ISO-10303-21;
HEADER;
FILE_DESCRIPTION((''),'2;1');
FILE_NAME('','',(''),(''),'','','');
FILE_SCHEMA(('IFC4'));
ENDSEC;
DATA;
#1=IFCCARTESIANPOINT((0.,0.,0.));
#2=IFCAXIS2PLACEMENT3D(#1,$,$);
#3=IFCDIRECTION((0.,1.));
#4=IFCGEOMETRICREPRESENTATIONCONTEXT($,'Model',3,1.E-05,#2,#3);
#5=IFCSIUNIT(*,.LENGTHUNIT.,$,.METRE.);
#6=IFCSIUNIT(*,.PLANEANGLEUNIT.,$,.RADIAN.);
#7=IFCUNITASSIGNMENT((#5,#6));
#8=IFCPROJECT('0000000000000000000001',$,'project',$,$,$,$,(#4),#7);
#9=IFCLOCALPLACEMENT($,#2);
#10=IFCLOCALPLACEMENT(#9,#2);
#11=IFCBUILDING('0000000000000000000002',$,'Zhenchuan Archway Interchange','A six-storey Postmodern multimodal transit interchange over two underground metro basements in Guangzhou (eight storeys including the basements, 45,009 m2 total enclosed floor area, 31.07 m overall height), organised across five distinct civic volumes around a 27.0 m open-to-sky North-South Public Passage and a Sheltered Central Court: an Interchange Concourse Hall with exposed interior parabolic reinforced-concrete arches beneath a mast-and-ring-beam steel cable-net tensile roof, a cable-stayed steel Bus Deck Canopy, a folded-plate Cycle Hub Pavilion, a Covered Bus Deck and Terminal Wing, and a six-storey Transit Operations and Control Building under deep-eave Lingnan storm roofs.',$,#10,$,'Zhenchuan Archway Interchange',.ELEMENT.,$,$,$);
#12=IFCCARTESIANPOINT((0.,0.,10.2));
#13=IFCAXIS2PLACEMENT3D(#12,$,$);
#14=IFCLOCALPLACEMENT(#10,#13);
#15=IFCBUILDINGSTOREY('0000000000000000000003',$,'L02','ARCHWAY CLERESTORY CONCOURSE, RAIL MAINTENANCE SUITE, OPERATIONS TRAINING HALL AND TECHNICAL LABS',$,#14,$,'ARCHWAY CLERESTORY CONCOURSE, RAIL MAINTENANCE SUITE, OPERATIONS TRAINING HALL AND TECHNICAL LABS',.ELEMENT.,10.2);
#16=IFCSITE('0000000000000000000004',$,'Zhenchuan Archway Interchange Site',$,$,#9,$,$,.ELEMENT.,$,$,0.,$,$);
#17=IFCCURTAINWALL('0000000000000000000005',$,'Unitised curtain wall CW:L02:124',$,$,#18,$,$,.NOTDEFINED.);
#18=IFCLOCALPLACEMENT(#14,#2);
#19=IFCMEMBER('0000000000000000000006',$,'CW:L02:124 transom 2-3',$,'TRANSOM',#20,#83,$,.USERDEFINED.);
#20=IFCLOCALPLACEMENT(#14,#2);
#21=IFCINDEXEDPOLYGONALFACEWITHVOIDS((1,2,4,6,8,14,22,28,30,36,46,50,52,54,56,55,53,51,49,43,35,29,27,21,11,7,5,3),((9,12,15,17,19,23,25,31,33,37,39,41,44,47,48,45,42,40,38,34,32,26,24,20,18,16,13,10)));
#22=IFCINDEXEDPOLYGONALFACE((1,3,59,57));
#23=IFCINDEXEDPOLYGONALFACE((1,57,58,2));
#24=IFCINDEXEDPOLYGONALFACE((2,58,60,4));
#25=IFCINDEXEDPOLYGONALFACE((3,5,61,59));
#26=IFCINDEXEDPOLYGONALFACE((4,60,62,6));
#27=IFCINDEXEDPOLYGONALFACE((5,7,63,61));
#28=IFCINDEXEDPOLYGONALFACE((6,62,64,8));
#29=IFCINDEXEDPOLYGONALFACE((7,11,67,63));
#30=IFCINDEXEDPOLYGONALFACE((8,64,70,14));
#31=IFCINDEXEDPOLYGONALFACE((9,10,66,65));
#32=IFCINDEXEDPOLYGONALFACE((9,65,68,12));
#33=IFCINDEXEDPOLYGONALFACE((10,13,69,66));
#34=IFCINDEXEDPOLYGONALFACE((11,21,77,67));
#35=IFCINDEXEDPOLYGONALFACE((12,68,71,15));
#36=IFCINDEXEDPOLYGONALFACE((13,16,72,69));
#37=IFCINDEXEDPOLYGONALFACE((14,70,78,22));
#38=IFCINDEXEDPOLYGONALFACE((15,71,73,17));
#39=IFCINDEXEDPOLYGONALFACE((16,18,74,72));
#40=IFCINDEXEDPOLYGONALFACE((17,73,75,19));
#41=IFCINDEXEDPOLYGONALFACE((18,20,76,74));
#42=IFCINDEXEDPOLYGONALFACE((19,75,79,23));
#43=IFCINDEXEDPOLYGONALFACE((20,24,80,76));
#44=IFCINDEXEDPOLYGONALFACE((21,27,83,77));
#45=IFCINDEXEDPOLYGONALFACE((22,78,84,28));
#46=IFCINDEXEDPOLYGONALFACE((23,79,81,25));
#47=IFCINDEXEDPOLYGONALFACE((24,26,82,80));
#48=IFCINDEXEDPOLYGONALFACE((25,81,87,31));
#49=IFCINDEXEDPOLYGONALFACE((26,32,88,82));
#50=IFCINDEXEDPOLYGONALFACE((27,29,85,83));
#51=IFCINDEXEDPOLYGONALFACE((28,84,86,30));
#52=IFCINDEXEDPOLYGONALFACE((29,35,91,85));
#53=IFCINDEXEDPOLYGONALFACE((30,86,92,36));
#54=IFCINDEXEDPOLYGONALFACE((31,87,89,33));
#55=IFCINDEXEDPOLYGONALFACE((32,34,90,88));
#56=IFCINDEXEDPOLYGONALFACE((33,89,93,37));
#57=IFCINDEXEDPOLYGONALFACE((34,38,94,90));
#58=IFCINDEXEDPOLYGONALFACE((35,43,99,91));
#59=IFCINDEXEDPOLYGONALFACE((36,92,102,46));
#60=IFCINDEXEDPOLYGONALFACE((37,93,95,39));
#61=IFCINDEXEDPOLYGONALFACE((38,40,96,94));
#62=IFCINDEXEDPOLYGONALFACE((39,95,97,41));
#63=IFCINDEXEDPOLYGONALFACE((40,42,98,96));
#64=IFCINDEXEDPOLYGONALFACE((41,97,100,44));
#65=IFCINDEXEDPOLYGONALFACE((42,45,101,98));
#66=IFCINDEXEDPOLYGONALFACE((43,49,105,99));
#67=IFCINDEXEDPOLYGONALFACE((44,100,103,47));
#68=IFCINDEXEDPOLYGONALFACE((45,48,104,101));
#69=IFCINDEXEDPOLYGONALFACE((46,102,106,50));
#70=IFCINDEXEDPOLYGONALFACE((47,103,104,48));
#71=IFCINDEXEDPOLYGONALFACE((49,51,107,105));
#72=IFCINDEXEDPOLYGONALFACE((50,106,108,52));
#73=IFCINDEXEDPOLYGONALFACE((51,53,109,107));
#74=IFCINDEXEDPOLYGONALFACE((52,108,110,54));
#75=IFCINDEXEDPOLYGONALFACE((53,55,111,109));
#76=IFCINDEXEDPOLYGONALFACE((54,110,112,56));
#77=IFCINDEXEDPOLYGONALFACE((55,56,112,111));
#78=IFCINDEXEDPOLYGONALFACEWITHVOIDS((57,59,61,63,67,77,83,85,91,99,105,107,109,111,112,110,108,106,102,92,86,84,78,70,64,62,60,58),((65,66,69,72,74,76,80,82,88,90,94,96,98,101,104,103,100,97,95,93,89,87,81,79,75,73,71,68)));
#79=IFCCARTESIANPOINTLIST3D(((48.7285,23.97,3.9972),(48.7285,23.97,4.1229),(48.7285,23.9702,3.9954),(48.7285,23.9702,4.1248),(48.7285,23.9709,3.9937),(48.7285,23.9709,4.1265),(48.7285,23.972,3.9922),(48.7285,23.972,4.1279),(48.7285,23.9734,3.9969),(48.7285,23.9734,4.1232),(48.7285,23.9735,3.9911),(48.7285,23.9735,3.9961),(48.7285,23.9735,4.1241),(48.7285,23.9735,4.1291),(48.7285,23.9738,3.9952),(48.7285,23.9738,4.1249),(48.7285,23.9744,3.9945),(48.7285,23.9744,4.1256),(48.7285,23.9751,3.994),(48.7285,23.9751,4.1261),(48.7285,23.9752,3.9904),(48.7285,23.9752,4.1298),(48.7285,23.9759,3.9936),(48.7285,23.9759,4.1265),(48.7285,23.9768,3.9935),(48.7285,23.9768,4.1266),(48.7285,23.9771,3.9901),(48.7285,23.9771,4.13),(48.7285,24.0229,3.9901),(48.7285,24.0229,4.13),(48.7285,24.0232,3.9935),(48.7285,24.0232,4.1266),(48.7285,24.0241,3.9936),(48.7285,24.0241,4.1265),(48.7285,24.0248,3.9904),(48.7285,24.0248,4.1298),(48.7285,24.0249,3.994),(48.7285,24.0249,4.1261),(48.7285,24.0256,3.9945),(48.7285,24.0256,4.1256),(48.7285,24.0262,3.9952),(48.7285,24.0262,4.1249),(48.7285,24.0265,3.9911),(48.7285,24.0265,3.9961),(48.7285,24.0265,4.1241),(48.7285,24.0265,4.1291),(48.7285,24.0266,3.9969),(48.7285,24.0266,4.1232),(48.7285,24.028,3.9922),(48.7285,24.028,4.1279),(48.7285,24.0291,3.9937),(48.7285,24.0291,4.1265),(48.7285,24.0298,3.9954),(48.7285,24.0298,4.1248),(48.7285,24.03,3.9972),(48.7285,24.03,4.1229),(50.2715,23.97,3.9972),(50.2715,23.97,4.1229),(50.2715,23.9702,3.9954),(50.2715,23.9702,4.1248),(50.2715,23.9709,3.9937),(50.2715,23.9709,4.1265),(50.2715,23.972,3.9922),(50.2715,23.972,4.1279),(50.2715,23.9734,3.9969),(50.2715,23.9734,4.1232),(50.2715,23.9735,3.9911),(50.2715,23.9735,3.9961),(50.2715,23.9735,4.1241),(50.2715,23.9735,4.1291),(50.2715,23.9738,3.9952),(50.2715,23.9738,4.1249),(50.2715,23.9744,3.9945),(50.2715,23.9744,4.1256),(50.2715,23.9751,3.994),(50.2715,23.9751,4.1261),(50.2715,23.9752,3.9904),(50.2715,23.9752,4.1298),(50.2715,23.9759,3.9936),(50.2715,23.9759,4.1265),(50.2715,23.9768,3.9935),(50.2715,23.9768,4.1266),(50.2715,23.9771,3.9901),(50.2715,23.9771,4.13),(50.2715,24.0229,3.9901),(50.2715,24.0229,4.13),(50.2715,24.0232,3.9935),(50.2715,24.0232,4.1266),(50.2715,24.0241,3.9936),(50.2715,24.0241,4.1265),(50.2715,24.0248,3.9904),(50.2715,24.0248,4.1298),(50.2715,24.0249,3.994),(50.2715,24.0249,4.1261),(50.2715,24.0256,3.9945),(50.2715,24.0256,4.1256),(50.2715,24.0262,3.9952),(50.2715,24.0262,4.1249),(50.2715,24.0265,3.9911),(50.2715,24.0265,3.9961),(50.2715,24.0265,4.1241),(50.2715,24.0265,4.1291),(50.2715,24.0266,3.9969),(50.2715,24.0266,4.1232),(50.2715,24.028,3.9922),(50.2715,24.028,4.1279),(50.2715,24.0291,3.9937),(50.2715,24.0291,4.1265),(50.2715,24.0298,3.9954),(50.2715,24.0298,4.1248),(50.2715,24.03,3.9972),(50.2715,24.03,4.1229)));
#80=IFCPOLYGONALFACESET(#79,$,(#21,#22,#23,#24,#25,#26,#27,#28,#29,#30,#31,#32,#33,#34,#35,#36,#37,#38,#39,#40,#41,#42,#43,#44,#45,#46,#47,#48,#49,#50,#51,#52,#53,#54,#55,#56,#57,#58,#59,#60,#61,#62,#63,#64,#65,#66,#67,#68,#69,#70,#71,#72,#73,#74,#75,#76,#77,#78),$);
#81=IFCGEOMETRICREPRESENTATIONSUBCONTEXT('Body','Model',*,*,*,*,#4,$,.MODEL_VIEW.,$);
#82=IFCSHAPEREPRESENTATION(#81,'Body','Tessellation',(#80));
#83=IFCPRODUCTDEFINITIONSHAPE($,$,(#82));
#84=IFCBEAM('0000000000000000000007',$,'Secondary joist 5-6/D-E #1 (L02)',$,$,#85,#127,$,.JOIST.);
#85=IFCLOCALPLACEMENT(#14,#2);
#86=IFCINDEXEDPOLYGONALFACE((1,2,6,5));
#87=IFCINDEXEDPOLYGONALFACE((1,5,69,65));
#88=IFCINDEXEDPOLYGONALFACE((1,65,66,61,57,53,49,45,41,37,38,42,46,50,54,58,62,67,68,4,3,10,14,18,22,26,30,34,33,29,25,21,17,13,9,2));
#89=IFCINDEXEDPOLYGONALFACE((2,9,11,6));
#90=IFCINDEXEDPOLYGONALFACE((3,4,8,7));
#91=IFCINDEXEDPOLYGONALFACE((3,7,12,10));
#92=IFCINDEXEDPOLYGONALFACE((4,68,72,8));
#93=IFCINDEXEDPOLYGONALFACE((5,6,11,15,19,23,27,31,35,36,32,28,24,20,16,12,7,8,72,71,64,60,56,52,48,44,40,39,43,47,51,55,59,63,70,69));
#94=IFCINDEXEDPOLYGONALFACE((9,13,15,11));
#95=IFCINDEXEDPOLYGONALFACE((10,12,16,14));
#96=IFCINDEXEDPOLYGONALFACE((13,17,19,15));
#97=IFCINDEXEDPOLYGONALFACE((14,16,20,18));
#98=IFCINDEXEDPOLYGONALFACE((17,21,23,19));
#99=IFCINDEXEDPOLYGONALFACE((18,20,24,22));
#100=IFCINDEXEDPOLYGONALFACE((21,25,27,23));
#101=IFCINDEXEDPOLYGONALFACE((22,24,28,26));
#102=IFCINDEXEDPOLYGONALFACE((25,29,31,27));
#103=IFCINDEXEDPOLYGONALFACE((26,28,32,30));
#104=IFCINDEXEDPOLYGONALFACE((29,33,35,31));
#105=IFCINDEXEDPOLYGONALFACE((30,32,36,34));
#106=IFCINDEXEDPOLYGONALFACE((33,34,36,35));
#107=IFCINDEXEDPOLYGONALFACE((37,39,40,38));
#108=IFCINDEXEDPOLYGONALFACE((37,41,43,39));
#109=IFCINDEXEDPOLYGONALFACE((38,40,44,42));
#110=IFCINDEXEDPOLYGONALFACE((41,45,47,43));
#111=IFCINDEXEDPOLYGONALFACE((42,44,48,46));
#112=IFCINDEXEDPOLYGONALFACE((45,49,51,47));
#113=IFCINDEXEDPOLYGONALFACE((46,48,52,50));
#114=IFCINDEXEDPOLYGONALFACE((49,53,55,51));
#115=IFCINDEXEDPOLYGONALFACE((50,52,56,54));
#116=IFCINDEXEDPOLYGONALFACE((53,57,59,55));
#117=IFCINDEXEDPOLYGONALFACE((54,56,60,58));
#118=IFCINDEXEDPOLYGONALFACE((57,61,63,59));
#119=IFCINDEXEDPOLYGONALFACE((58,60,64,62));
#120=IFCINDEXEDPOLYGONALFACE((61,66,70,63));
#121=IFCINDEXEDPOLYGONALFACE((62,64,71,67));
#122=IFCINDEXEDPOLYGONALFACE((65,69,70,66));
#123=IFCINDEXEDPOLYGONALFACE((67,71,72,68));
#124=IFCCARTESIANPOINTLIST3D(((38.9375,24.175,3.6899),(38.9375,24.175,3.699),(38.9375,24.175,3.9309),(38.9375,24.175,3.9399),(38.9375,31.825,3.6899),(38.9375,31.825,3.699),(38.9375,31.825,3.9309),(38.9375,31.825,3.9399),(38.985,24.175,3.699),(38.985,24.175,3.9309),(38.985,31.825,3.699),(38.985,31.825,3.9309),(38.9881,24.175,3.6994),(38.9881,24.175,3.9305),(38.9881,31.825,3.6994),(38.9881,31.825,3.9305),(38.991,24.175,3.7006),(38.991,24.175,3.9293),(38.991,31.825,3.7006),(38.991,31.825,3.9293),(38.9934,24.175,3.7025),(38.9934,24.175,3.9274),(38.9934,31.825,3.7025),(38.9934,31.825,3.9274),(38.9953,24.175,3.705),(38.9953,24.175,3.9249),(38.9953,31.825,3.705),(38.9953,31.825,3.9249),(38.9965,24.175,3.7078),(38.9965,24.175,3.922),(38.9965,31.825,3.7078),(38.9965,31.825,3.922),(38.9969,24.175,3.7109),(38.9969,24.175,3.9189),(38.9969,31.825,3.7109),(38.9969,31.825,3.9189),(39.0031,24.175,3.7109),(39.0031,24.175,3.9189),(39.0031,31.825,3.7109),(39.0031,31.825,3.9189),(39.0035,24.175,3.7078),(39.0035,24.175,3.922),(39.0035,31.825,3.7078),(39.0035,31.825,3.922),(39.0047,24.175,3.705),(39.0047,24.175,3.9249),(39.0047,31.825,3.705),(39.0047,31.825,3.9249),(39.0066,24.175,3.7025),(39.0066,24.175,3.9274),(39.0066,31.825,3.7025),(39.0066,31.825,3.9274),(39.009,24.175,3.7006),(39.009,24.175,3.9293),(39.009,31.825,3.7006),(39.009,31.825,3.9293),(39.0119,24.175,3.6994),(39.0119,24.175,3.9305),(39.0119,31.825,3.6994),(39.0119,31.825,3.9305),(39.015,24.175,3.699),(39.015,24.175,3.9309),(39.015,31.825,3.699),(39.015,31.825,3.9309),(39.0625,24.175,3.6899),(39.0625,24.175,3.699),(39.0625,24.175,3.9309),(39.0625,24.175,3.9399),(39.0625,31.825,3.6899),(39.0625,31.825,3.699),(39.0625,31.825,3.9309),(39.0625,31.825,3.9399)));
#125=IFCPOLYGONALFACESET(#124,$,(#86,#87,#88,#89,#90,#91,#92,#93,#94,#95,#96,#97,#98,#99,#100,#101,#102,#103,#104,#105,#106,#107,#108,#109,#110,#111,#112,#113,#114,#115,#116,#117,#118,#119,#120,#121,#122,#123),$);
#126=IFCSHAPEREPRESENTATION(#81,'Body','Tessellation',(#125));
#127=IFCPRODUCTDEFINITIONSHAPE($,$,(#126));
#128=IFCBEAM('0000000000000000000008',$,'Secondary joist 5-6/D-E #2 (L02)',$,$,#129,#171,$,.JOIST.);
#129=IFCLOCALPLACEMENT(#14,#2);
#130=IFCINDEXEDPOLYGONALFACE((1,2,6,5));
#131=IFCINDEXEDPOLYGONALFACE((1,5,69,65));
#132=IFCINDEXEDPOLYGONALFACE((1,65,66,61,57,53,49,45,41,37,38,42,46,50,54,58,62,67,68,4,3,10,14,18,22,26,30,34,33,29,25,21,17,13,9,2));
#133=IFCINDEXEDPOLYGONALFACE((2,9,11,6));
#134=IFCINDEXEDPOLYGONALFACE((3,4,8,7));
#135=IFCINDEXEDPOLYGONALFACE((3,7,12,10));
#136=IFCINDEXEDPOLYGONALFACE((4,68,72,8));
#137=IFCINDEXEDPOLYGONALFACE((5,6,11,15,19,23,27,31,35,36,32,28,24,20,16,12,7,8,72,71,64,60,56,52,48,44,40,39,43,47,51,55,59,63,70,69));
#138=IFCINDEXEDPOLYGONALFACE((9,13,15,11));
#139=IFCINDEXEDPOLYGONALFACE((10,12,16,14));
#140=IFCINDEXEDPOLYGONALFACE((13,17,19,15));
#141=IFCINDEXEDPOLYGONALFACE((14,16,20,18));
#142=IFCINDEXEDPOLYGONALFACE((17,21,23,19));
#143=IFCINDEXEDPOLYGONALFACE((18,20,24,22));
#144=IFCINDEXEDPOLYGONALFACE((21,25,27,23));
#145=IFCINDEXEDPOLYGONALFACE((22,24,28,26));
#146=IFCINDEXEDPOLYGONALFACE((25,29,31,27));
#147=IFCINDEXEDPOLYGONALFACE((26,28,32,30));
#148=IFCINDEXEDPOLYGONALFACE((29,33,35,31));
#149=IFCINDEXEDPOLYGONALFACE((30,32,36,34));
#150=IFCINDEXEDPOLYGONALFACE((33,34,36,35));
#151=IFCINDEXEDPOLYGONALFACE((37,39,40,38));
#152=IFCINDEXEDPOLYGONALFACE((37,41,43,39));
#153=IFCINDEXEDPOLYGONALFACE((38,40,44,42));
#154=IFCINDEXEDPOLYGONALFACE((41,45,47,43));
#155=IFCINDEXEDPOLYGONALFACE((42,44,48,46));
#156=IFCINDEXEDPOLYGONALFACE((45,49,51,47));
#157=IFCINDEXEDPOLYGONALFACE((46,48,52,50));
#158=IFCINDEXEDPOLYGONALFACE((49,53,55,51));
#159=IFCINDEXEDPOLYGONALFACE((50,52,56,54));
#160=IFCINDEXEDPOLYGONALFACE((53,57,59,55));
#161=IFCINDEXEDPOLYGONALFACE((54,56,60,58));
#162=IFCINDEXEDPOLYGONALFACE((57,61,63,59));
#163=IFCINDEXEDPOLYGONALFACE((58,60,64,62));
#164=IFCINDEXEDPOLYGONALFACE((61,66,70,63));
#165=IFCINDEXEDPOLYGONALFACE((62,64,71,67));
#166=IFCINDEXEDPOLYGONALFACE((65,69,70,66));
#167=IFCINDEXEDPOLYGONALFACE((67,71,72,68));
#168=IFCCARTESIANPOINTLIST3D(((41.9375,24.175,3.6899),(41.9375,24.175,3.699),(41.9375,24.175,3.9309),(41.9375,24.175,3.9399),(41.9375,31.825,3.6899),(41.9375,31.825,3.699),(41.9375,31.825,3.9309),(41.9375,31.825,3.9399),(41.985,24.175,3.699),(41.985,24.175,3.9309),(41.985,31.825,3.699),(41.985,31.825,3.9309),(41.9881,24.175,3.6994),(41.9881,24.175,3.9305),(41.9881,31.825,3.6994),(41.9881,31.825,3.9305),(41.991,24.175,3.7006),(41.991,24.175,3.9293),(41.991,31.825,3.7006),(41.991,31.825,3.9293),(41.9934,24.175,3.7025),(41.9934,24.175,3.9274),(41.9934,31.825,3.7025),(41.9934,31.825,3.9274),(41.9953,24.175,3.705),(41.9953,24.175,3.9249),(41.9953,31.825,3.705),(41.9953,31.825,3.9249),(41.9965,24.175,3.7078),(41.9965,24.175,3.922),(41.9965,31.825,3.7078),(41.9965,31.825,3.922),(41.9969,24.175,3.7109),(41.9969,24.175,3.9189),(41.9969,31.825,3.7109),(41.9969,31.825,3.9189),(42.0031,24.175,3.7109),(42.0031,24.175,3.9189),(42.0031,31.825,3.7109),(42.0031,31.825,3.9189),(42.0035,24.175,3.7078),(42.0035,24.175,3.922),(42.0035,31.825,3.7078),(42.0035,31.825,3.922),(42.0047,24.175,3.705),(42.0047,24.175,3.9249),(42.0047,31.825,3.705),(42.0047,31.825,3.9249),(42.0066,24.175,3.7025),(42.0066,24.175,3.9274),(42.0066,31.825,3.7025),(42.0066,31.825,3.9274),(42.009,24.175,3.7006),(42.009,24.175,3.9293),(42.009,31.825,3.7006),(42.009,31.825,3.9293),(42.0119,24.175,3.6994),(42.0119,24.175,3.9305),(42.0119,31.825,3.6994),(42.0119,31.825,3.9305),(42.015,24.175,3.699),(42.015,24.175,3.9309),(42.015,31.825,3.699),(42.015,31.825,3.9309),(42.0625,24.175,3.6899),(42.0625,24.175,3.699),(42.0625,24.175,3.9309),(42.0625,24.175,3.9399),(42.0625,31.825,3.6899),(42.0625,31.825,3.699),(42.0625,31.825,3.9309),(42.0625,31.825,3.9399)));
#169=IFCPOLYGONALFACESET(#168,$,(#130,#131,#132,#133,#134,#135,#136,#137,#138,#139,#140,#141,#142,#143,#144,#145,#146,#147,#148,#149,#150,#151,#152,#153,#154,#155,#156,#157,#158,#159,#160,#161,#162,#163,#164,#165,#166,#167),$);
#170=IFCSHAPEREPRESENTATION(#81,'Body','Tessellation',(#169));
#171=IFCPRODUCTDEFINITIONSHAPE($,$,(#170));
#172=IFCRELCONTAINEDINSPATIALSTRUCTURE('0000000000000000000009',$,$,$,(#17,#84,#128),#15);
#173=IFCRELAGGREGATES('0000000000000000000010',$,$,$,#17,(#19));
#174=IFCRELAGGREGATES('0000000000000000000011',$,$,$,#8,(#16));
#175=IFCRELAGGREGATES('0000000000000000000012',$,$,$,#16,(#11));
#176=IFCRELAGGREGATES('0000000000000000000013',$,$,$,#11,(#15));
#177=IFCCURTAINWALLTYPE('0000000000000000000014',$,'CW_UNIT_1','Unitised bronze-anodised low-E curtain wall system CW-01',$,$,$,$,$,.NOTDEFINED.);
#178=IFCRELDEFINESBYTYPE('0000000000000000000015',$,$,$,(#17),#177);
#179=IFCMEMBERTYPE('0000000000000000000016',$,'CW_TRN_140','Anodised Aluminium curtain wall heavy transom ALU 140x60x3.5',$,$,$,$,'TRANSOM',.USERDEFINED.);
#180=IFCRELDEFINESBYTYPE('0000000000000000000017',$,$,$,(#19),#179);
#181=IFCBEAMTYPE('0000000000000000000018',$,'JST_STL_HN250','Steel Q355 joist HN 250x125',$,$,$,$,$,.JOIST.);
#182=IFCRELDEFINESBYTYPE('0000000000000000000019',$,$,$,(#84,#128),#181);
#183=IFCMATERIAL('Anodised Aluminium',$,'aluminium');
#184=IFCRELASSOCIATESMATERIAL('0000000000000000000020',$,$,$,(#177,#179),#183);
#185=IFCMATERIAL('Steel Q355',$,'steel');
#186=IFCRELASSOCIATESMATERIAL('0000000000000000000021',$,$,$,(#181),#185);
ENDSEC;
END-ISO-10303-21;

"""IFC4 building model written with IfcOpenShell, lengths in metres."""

from ifc_helpers import new_model, si_unit, direction, frame, origin, origin_2d, place, context, subcontext, project, spatial, hollow_rectangle, i_section, extrude, material, material_profile, profile_set, type_object, element, aggregate, save


model = new_model("IFC4")

# Units and contexts
model_context = context("Model", 3, precision=1e-05, world=origin(), true_north=direction((0.0, 1.0)))
body_context = subcontext(model_context, "Body", "Model", "MODEL_VIEW")
ifc_project = project(units=[si_unit("LENGTHUNIT", "METRE"), si_unit("PLANEANGLEUNIT", "RADIAN")], contexts=[model_context])

# Site, building, storey
site_placement = place(None, origin())
site = spatial("IfcSite", under=ifc_project, at=site_placement, Name="Zhenchuan Archway Interchange Site", CompositionType="ELEMENT", RefElevation=0.0)
building_placement = place(site_placement, origin())
building = spatial("IfcBuilding", under=site, at=building_placement, Name="Zhenchuan Archway Interchange", Description="A six-storey Postmodern multimodal transit interchange over two underground metro basements in Guangzhou (eight storeys including the basements, 45,009 m2 total enclosed floor area, 31.07 m overall height), organised across five distinct civic volumes around a 27.0 m open-to-sky North-South Public Passage and a Sheltered Central Court: an Interchange Concourse Hall with exposed interior parabolic reinforced-concrete arches beneath a mast-and-ring-beam steel cable-net tensile roof, a cable-stayed steel Bus Deck Canopy, a folded-plate Cycle Hub Pavilion, a Covered Bus Deck and Terminal Wing, and a six-storey Transit Operations and Control Building under deep-eave Lingnan storm roofs.", LongName="Zhenchuan Archway Interchange", CompositionType="ELEMENT")
storey_placement = place(building_placement, frame((0.0, 0.0, 10.2)))
storey = spatial("IfcBuildingStorey", under=building, at=storey_placement, Name="L02", Description="ARCHWAY CLERESTORY CONCOURSE, RAIL MAINTENANCE SUITE, OPERATIONS TRAINING HALL AND TECHNICAL LABS", LongName="ARCHWAY CLERESTORY CONCOURSE, RAIL MAINTENANCE SUITE, OPERATIONS TRAINING HALL AND TECHNICAL LABS", CompositionType="ELEMENT", Elevation=10.2)

# Curtain wall, member
ifc_material_1 = material(Name="Anodised Aluminium", Category="aluminium")
curtain_wall_type = type_object("IfcCurtainWallType", Name="CW_UNIT_1", Description="Unitised bronze-anodised low-E curtain wall system CW-01", PredefinedType="NOTDEFINED", material=ifc_material_1)
curtain_wall_placement = place(storey_placement, origin())
curtain_wall = element("IfcCurtainWall", 1, at=curtain_wall_placement, inside=storey, type_object=curtain_wall_type, Name="Unitised curtain wall CW:L02:124", PredefinedType="NOTDEFINED")
ifc_material_profile_1 = material_profile(ifc_material_1, hollow_rectangle(XDim=0.0601, YDim=0.1399, WallThickness=0.0034, InnerFilletRadius=0.0034, OuterFilletRadius=0.0071, at=origin_2d()), Name="ALU 140x60x3.5")
ifc_profile_set_1 = profile_set([ifc_material_profile_1], Name="Anodised Aluminium")
member_type = type_object("IfcMemberType", Name="CW_TRN_140", Description="Anodised Aluminium curtain wall heavy transom ALU 140x60x3.5", ElementType="TRANSOM", PredefinedType="USERDEFINED", material=ifc_profile_set_1)
member_1_placement = place(storey_placement, frame((50.2715, 24.0, 4.0601), z_axis=(-1.0, 0.0, 0.0), x_axis=(0.0, -1.0, 0.0)))
member_1 = element("IfcMember", 2, at=member_1_placement, type_object=member_type, Name="CW:L02:124 transom 2-3", ObjectType="TRANSOM", PredefinedType="USERDEFINED", context=body_context, shape_type="SweptSolid", body=[
    extrude(hollow_rectangle(XDim=0.0601, YDim=0.1399, WallThickness=0.0034, InnerFilletRadius=0.0034, OuterFilletRadius=0.0071, at=origin_2d()), origin(), (0.0, 0.0, 1.0), 1.543),
])

# Beams
ifc_material_2 = material(Name="Steel Q355", Category="steel")
ifc_material_profile_2 = material_profile(ifc_material_2, i_section(OverallWidth=0.125, OverallDepth=0.25, WebThickness=0.0061, FlangeThickness=0.009, FilletRadius=0.012, at=origin_2d()), Name="HN 250x125")
ifc_profile_set_2 = profile_set([ifc_material_profile_2], Name="Steel Q355")
beam_type_1 = type_object("IfcBeamType", Name="JST_STL_HN250", Description="Steel Q355 joist HN 250x125", PredefinedType="JOIST", material=ifc_profile_set_2)
for number, where, z_axis, x_axis, name in (
    (3, (39.0, 24.175, 3.8149), (0.0, 1.0, 0.0), (-1.0, 0.0, 0.0), "Secondary joist 5-6/D-E #1 (L02)"),
    (4, (42.0, 24.175, 3.8149), (0.0, 1.0, 0.0), (-1.0, 0.0, 0.0), "Secondary joist 5-6/D-E #2 (L02)"),
):
    element("IfcBeam", number, at=place(storey_placement, frame(where, z_axis=z_axis, x_axis=x_axis)), inside=storey, type_object=beam_type_1, Name=name, PredefinedType="JOIST", context=body_context, shape_type="SweptSolid", body=[
        extrude(i_section(OverallWidth=0.125, OverallDepth=0.25, WebThickness=0.0061, FlangeThickness=0.009, FilletRadius=0.012, at=origin_2d()), origin(), (0.0, 0.0, 1.0), 7.6499),
    ])

aggregate(curtain_wall, [member_1])

save(model, "model.ifc")
